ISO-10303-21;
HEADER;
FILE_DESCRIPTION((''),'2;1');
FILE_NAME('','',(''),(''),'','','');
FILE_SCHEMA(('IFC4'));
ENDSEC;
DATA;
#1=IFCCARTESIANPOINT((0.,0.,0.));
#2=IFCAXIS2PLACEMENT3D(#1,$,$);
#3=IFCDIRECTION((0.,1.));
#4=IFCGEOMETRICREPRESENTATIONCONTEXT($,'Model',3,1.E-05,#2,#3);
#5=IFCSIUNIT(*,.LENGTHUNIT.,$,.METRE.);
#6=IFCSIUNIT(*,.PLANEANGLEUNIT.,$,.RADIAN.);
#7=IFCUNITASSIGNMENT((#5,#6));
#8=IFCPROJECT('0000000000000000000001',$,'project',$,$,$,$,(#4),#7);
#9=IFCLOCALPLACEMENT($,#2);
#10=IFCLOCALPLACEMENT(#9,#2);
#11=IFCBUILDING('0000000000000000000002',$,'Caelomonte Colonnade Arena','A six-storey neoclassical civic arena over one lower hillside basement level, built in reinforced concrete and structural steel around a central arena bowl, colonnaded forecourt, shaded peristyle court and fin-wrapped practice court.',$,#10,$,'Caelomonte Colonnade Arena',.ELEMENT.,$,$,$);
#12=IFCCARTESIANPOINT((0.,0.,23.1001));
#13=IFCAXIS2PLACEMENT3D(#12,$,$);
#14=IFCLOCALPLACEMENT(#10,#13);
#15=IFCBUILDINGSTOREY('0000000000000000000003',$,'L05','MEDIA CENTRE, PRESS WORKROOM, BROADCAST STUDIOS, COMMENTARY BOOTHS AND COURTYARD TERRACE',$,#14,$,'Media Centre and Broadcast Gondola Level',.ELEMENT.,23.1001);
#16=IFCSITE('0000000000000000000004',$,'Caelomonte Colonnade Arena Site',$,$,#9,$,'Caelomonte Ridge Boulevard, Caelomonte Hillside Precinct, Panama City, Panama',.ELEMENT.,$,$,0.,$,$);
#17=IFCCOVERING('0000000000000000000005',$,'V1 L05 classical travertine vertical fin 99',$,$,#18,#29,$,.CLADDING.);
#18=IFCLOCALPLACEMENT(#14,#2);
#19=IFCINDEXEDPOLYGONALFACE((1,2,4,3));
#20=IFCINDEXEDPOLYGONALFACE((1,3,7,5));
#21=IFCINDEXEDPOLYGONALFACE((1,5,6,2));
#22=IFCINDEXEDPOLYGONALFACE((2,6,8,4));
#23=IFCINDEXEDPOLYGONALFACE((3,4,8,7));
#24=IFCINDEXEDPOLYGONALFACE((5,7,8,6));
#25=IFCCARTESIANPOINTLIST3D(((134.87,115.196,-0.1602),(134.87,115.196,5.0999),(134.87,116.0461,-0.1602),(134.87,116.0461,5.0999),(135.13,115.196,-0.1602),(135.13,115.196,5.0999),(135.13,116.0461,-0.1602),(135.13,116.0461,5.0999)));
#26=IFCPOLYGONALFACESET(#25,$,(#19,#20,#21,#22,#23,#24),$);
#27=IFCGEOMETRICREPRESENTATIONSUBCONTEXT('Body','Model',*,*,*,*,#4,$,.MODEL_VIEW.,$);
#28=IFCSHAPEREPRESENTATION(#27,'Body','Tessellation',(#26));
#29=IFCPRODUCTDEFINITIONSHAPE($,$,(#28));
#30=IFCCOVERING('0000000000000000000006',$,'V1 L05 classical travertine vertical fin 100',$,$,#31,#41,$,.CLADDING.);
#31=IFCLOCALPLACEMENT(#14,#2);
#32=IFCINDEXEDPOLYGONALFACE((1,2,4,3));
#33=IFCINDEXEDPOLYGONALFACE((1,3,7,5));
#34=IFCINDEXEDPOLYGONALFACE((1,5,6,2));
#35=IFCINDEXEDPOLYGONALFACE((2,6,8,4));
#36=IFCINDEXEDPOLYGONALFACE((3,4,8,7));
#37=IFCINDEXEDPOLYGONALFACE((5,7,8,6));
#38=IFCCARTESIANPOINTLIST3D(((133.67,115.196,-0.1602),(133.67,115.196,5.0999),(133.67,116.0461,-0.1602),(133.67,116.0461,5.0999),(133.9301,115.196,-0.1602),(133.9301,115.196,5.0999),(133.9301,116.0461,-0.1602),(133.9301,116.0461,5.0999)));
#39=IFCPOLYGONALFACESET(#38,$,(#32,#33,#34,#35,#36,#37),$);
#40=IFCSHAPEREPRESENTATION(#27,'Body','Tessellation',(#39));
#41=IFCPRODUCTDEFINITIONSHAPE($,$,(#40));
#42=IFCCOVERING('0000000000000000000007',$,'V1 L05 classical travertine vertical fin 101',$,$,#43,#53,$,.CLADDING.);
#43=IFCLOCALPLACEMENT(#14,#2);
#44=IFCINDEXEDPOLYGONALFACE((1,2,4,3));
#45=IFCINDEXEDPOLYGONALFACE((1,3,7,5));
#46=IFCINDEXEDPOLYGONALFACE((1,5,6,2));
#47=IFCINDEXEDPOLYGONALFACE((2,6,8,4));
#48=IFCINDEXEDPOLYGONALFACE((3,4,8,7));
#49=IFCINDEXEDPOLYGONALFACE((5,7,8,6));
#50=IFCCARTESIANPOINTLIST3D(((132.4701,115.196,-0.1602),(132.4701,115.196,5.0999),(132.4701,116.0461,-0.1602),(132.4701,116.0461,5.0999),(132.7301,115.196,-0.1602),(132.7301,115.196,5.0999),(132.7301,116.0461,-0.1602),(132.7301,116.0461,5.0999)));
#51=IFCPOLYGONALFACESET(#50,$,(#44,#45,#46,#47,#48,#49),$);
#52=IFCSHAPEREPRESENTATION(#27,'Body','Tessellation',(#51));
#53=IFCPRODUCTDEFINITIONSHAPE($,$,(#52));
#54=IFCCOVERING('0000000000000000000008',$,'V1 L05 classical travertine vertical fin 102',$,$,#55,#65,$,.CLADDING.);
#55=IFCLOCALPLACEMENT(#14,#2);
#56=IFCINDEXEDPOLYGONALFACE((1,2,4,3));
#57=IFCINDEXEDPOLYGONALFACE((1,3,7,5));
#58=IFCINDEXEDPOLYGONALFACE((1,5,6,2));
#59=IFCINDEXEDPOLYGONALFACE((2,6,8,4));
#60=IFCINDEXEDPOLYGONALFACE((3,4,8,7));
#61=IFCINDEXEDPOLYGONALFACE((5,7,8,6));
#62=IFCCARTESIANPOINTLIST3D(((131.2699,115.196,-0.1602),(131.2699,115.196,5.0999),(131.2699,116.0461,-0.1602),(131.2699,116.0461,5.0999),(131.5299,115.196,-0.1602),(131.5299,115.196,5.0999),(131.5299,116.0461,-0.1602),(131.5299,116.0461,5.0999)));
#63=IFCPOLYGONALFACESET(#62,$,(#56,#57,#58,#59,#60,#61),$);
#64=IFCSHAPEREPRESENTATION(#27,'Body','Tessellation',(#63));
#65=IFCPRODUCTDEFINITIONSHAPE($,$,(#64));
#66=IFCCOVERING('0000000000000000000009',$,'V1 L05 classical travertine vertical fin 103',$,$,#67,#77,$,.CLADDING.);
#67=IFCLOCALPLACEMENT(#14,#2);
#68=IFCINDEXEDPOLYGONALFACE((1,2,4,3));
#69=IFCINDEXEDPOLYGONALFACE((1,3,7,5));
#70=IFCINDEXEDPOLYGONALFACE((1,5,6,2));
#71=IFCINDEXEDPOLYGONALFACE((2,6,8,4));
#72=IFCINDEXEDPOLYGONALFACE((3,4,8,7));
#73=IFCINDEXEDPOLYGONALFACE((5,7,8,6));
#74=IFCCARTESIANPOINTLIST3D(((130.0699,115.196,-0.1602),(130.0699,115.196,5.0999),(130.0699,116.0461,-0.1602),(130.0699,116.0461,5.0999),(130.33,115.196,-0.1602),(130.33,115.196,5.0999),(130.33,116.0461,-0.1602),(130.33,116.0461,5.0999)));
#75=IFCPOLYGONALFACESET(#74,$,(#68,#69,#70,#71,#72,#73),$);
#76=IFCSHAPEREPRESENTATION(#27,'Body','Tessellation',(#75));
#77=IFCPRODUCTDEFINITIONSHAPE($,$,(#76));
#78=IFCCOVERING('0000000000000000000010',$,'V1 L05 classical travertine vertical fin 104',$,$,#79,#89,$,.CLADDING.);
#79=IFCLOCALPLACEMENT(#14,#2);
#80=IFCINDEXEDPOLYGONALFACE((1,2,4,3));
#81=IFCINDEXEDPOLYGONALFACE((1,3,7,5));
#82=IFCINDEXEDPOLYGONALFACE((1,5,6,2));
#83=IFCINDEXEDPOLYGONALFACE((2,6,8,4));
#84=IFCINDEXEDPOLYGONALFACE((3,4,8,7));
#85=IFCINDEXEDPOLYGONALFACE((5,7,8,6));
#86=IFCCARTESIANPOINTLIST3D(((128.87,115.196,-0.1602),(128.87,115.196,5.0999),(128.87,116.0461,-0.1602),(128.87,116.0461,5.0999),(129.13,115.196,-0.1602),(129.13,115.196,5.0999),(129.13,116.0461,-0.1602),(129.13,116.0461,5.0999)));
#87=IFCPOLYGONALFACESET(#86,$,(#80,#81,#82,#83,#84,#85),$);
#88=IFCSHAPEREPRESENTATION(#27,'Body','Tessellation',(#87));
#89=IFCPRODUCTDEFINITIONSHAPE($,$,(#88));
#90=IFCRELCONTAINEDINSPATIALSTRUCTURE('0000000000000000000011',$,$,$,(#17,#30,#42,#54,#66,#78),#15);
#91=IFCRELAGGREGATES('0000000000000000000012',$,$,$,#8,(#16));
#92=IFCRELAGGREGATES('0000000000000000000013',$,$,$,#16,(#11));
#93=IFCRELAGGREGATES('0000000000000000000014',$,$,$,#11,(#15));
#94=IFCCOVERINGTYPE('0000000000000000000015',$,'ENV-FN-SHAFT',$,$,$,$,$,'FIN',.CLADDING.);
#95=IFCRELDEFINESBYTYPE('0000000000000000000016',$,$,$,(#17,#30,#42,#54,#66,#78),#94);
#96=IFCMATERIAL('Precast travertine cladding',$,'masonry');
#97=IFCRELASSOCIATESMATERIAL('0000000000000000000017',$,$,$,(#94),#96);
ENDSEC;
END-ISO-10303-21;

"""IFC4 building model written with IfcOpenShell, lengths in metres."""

from ifc_helpers import new_model, si_unit, direction, frame, origin, origin_2d, place, context, subcontext, project, spatial, rectangle, extrude, material, material_profile, profile_set, type_object, element, save


model = new_model("IFC4")

# Units and contexts
model_context = context("Model", 3, precision=1e-05, world=origin(), true_north=direction((0.0, 1.0)))
body_context = subcontext(model_context, "Body", "Model", "MODEL_VIEW")
ifc_project = project(units=[si_unit("LENGTHUNIT", "METRE"), si_unit("PLANEANGLEUNIT", "RADIAN")], contexts=[model_context])

# Site, building, storey
site_placement = place(None, origin())
site = spatial("IfcSite", under=ifc_project, at=site_placement, Name="Caelomonte Colonnade Arena Site", LongName="Caelomonte Ridge Boulevard, Caelomonte Hillside Precinct, Panama City, Panama", CompositionType="ELEMENT", RefElevation=0.0)
building_placement = place(site_placement, origin())
building = spatial("IfcBuilding", under=site, at=building_placement, Name="Caelomonte Colonnade Arena", Description="A six-storey neoclassical civic arena over one lower hillside basement level, built in reinforced concrete and structural steel around a central arena bowl, colonnaded forecourt, shaded peristyle court and fin-wrapped practice court.", LongName="Caelomonte Colonnade Arena", CompositionType="ELEMENT")
storey_placement = place(building_placement, frame((0.0, 0.0, 23.1001)))
storey = spatial("IfcBuildingStorey", under=building, at=storey_placement, Name="L05", Description="MEDIA CENTRE, PRESS WORKROOM, BROADCAST STUDIOS, COMMENTARY BOOTHS AND COURTYARD TERRACE", LongName="Media Centre and Broadcast Gondola Level", CompositionType="ELEMENT", Elevation=23.1001)

# Coverings
ifc_material_1 = material(Name="Precast travertine cladding", Category="masonry")
ifc_material_profile_1 = material_profile(ifc_material_1, rectangle(XDim=0.26, YDim=0.8501, at=origin_2d()), Name="FIN260X850")
ifc_profile_set_1 = profile_set([ifc_material_profile_1], Name="Precast travertine cladding")
covering_type = type_object("IfcCoveringType", Name="ENV-FN-SHAFT", ElementType="FIN", PredefinedType="CLADDING", material=ifc_profile_set_1)
for number, where, z_axis, x_axis, name in (
    (1, (135.0, 115.6211, -0.1602), (0.0, 0.0, 1.0), (1.0, 0.0, 0.0), "V1 L05 classical travertine vertical fin 99"),
    (2, (133.8, 115.6211, -0.1602), (0.0, 0.0, 1.0), (1.0, 0.0, 0.0), "V1 L05 classical travertine vertical fin 100"),
    (3, (132.6001, 115.6211, -0.1602), (0.0, 0.0, 1.0), (1.0, 0.0, 0.0), "V1 L05 classical travertine vertical fin 101"),
    (4, (131.3999, 115.6211, -0.1602), (0.0, 0.0, 1.0), (1.0, 0.0, 0.0), "V1 L05 classical travertine vertical fin 102"),
    (5, (130.2, 115.6211, -0.1602), (0.0, 0.0, 1.0), (1.0, 0.0, 0.0), "V1 L05 classical travertine vertical fin 103"),
    (6, (129.0, 115.6211, -0.1602), (0.0, 0.0, 1.0), (1.0, 0.0, 0.0), "V1 L05 classical travertine vertical fin 104"),
):
    element("IfcCovering", number, at=place(storey_placement, frame(where, z_axis=z_axis, x_axis=x_axis)), inside=storey, type_object=covering_type, Name=name, PredefinedType="CLADDING", context=body_context, shape_type="SweptSolid", body=[
        extrude(rectangle(XDim=0.26, YDim=0.8501, at=origin_2d()), origin(), (0.0, 0.0, 1.0), 5.26),
    ])

save(model, "model.ifc")
